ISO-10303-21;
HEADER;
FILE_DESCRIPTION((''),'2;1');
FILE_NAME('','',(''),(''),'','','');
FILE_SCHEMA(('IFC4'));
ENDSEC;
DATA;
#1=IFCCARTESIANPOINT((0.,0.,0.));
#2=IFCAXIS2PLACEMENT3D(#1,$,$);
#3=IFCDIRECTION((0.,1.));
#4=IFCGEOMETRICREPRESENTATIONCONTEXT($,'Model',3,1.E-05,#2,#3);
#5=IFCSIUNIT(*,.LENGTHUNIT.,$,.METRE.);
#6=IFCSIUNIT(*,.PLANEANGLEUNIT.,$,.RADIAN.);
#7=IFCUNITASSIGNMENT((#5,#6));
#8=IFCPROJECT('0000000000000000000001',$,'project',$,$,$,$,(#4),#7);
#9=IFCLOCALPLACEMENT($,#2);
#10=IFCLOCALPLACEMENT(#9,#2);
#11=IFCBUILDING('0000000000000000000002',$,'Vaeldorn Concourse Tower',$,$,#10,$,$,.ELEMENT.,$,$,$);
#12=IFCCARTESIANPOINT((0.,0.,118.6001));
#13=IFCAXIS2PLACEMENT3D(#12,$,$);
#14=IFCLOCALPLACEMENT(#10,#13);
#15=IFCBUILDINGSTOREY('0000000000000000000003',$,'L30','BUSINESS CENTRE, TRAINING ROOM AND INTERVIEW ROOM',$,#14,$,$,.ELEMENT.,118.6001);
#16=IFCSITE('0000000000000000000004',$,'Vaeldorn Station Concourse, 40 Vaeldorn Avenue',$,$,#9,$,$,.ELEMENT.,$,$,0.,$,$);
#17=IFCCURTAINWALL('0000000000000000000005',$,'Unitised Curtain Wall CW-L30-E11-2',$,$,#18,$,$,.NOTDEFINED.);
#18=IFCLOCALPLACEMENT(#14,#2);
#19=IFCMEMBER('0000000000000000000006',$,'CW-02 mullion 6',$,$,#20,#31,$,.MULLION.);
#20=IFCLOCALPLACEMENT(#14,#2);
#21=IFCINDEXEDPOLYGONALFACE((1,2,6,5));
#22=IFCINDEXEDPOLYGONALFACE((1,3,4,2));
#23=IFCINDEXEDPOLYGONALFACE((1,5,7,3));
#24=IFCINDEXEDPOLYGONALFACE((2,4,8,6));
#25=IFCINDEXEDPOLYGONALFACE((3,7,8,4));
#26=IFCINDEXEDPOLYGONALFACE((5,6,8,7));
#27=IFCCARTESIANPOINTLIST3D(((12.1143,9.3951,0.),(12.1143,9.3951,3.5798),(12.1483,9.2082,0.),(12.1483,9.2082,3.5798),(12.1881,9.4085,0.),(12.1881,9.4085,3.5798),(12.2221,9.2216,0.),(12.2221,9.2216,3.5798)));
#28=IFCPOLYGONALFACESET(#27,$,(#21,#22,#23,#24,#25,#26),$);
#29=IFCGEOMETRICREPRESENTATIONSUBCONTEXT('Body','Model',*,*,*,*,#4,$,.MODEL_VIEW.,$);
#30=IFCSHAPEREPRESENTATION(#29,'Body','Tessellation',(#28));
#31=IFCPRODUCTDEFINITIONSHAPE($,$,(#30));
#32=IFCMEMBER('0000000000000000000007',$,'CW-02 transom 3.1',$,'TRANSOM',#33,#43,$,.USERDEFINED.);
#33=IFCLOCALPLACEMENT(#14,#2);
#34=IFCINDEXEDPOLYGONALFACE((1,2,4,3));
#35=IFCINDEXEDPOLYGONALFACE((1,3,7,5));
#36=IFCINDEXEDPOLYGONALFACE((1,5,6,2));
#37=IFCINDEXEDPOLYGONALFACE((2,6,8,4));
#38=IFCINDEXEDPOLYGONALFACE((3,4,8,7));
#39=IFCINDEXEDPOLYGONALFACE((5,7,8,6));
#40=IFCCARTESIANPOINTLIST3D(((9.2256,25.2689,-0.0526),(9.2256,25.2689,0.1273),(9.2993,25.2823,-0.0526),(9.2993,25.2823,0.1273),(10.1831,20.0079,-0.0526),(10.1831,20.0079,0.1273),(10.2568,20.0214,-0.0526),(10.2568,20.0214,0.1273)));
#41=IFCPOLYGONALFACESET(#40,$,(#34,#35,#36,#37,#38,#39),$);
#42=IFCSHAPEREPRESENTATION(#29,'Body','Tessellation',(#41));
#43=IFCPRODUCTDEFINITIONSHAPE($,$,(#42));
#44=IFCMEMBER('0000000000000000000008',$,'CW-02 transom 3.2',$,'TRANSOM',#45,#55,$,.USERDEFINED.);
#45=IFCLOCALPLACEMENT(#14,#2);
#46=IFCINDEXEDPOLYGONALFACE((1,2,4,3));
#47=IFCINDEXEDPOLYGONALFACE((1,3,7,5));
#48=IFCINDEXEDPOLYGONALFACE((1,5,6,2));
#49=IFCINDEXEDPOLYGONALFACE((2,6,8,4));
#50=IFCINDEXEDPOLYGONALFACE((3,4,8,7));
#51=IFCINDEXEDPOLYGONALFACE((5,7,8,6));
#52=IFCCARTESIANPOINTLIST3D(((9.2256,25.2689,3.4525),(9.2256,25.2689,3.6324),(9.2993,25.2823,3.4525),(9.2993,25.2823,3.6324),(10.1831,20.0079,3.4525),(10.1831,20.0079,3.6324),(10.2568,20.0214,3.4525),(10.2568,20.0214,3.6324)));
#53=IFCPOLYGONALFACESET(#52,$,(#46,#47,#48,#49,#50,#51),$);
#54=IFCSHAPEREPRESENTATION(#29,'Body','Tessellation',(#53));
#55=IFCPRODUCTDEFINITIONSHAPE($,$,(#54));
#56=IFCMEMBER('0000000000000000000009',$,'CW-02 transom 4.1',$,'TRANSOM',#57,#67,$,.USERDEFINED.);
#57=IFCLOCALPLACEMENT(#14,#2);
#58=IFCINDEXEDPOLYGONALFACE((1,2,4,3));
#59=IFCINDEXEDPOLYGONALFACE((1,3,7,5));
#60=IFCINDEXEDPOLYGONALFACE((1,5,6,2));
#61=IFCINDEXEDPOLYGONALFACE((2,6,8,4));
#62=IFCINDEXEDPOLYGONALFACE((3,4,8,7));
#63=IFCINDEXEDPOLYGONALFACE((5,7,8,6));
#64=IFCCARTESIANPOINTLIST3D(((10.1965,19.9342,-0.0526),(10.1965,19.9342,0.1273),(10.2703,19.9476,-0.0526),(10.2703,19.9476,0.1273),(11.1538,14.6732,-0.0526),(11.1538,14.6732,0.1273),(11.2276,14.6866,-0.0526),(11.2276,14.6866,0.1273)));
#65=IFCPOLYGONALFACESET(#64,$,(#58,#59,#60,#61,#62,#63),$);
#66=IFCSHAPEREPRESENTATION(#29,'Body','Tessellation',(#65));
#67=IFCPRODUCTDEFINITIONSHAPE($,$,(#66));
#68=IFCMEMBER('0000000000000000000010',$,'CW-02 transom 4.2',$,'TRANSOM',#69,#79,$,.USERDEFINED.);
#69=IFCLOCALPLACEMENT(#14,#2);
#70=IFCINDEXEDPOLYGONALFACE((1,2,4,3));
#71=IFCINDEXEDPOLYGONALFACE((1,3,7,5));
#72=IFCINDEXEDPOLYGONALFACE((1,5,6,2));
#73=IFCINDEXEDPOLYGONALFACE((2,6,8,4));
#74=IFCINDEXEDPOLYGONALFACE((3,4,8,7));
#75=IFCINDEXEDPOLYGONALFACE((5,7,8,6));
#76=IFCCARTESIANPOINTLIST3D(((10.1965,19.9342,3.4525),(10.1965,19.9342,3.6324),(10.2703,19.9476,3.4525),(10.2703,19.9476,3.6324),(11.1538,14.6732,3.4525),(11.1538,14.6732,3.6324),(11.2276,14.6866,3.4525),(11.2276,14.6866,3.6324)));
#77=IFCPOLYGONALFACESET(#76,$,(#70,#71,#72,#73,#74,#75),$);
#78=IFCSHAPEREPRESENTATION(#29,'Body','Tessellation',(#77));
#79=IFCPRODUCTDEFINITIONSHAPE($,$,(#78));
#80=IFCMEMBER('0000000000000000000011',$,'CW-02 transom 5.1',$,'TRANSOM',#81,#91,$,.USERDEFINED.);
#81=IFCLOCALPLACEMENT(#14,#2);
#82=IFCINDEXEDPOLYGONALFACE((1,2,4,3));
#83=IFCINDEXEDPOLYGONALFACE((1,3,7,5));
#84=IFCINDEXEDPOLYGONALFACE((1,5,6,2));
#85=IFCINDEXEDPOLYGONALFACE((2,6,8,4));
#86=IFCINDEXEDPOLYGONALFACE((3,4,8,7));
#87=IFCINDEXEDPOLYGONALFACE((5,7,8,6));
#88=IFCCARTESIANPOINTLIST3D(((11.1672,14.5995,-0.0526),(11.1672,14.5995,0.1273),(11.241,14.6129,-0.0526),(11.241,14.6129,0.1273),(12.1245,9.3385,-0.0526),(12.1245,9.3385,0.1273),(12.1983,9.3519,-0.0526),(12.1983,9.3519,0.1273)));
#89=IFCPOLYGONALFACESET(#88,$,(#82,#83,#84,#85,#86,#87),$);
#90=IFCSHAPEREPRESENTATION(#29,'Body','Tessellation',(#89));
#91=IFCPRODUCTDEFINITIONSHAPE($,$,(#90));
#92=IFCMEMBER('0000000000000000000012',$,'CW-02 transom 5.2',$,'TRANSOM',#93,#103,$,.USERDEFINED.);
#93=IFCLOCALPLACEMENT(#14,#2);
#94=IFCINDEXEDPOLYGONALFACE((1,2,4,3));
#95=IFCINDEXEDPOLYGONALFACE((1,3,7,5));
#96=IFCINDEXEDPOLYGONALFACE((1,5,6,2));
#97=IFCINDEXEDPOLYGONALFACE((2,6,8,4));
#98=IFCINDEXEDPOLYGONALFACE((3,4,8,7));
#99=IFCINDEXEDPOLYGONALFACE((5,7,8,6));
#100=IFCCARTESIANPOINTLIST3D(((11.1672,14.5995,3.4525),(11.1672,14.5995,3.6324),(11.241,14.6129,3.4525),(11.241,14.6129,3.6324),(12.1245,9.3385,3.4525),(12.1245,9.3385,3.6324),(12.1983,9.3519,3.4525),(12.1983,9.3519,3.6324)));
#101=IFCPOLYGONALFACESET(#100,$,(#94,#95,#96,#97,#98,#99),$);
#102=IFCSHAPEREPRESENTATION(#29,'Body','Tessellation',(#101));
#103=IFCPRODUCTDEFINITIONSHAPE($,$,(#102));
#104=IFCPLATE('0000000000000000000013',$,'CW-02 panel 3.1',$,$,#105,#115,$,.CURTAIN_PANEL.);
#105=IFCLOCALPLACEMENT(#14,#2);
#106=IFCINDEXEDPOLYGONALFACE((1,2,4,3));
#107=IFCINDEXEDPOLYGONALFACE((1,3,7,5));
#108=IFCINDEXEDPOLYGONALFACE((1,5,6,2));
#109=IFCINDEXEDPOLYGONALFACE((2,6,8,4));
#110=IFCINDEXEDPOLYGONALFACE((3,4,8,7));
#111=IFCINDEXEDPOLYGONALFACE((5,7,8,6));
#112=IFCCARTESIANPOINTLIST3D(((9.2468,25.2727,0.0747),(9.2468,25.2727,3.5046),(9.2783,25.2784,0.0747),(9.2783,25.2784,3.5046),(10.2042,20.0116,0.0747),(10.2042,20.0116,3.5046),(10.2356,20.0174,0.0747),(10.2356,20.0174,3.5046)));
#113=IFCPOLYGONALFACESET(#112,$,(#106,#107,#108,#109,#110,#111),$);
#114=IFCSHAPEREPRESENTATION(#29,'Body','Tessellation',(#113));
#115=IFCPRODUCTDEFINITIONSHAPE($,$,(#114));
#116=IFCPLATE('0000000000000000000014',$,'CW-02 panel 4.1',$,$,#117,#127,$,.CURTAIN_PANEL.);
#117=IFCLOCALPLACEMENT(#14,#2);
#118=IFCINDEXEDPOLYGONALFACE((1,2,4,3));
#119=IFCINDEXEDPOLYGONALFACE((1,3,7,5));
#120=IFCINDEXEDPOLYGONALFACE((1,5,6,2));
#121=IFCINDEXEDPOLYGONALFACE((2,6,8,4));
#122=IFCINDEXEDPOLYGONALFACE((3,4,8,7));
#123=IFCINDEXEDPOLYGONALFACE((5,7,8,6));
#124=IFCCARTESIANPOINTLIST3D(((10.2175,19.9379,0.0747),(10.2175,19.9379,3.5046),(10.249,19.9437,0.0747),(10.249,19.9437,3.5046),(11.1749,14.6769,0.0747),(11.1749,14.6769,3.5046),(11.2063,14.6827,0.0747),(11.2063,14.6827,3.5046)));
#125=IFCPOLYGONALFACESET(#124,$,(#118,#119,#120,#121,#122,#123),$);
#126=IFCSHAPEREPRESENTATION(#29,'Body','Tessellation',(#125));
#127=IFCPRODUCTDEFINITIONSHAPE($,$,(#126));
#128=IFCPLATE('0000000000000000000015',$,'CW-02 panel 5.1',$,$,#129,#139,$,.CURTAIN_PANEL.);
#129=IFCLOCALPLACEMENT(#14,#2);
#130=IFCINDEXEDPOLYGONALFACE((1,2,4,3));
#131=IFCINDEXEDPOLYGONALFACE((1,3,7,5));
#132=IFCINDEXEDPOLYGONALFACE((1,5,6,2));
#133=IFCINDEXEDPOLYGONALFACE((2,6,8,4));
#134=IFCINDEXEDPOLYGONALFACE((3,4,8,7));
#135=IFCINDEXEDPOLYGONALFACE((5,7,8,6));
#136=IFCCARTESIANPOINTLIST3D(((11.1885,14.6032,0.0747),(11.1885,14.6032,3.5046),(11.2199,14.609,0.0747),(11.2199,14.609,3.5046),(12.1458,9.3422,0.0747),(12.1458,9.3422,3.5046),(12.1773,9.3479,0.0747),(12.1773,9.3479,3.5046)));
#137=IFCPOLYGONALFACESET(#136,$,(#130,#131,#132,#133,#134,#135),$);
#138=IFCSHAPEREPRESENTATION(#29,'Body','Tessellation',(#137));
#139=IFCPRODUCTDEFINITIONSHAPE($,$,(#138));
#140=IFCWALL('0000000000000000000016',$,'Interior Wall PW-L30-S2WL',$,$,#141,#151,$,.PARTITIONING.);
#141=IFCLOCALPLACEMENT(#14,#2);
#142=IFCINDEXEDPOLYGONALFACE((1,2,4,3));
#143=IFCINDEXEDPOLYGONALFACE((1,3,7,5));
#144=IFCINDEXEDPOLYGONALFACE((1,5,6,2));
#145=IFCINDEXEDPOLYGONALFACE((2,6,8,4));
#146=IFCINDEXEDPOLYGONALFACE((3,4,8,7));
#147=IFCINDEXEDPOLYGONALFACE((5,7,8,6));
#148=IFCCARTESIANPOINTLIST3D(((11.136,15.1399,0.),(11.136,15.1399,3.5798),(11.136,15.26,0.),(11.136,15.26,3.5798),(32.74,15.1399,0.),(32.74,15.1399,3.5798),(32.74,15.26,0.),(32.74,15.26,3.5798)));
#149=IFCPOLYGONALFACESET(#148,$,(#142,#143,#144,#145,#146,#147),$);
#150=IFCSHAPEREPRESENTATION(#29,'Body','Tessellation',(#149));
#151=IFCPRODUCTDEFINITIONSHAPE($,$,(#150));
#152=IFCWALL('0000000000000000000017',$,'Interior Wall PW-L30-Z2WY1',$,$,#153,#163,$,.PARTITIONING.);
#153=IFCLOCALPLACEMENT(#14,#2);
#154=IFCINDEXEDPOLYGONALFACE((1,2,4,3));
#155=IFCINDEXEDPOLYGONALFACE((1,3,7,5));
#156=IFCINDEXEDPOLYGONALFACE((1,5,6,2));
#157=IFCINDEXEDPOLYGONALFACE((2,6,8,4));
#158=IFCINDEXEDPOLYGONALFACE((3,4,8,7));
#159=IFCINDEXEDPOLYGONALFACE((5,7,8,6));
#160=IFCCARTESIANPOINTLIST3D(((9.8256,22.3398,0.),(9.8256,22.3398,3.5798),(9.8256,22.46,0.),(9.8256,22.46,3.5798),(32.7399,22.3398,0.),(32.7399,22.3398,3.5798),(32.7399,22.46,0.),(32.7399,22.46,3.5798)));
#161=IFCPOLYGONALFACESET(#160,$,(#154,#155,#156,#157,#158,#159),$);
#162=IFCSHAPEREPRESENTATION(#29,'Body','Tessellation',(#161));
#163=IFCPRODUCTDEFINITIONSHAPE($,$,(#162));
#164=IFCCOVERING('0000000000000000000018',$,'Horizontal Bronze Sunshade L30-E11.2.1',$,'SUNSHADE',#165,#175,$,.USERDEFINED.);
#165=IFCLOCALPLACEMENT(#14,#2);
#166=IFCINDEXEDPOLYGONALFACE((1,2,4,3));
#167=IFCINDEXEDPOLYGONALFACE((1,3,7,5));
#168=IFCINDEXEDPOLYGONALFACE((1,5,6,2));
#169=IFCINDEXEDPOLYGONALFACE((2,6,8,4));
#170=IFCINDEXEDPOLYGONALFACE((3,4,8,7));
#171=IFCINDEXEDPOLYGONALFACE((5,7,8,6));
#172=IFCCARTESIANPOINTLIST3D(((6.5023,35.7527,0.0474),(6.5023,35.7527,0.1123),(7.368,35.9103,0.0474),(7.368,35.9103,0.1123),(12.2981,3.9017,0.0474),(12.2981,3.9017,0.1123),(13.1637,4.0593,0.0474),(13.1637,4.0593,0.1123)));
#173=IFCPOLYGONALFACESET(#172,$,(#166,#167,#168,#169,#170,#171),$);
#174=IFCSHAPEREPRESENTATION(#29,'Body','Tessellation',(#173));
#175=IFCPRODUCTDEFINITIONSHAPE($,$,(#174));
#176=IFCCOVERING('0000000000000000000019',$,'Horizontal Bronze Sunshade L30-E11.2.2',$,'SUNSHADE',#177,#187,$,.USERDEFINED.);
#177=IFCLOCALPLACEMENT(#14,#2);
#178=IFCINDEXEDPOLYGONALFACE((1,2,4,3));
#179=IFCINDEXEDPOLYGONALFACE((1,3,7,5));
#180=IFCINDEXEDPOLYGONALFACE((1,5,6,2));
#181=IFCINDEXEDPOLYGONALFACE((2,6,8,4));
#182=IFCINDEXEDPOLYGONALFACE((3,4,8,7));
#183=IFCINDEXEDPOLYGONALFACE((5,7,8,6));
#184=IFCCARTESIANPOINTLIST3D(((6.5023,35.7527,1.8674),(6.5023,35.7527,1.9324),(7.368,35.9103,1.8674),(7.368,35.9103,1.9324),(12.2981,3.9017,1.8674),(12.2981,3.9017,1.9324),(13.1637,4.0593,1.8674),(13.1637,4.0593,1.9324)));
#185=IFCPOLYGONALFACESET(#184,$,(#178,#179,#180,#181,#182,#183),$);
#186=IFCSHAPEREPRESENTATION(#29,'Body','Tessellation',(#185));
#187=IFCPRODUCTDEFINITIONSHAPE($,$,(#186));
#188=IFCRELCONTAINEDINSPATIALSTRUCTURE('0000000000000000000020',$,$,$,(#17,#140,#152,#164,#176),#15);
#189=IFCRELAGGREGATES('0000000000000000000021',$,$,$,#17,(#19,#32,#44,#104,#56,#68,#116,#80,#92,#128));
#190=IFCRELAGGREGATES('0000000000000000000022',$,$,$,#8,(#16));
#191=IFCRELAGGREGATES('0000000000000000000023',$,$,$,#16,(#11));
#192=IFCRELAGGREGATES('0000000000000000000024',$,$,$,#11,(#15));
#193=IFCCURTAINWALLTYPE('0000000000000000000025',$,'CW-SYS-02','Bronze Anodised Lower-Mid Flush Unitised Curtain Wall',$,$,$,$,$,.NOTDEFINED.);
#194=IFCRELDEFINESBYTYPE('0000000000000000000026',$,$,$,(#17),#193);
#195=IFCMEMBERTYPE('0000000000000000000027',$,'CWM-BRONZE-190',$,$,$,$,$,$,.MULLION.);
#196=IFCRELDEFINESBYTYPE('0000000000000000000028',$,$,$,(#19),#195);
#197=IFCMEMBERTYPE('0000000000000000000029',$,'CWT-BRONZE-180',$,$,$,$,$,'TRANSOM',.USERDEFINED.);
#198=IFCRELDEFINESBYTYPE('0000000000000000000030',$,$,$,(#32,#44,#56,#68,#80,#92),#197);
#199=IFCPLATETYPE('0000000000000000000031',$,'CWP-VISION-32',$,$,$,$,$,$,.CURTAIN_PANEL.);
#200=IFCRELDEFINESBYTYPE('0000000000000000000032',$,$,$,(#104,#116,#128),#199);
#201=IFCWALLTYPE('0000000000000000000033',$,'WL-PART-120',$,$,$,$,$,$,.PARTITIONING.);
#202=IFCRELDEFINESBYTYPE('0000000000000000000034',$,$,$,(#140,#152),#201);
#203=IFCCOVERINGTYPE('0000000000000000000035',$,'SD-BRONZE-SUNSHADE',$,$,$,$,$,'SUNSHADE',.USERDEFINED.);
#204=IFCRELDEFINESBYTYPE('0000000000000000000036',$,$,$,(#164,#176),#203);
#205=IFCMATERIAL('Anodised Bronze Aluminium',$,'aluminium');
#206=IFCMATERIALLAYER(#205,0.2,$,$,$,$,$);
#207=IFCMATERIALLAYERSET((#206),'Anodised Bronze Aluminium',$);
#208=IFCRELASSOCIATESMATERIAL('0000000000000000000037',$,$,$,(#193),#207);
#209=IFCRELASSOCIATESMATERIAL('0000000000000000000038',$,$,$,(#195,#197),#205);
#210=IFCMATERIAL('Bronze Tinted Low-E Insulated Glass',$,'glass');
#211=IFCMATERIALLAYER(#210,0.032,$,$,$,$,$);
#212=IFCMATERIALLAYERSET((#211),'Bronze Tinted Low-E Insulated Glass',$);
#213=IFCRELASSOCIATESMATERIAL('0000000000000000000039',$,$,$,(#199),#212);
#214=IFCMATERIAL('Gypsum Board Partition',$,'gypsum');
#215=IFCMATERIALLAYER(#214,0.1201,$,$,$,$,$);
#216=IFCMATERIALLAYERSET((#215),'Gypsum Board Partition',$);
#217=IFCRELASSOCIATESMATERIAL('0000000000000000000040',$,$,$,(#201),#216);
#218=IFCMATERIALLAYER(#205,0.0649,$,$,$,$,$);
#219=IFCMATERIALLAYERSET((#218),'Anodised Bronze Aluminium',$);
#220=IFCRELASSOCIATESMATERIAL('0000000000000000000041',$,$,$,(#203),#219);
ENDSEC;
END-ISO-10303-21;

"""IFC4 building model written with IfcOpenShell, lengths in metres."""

from ifc_helpers import new_model, si_unit, direction, frame, frame_2d, origin, origin_2d, place, context, subcontext, project, spatial, rectangle, extrude, source, transform, mapped, material, layer, layer_set, material_profile, profile_set, type_object, element, aggregate, save


model = new_model("IFC4")

# Units and contexts
model_context = context("Model", 3, precision=1e-05, world=origin(), true_north=direction((0.0, 1.0)))
body_context = subcontext(model_context, "Body", "Model", "MODEL_VIEW")
ifc_project = project(units=[si_unit("LENGTHUNIT", "METRE"), si_unit("PLANEANGLEUNIT", "RADIAN")], contexts=[model_context])

# Site, building, storey
site_placement = place(None, origin())
site = spatial("IfcSite", under=ifc_project, at=site_placement, Name="Vaeldorn Station Concourse, 40 Vaeldorn Avenue", CompositionType="ELEMENT", RefElevation=0.0)
building_placement = place(site_placement, origin())
building = spatial("IfcBuilding", under=site, at=building_placement, Name="Vaeldorn Concourse Tower", CompositionType="ELEMENT")
storey_placement = place(building_placement, frame((0.0, 0.0, 118.6001)))
storey = spatial("IfcBuildingStorey", under=building, at=storey_placement, Name="L30", Description="BUSINESS CENTRE, TRAINING ROOM AND INTERVIEW ROOM", CompositionType="ELEMENT", Elevation=118.6001)

# Curtain wall, members, plates
ifc_material_1 = material(Name="Anodised Bronze Aluminium", Category="aluminium")
ifc_layer_1 = layer(ifc_material_1, 0.2)
ifc_layer_set_1 = layer_set([ifc_layer_1], Name="Anodised Bronze Aluminium")
curtain_wall_type = type_object("IfcCurtainWallType", Name="CW-SYS-02", Description="Bronze Anodised Lower-Mid Flush Unitised Curtain Wall", PredefinedType="NOTDEFINED", material=ifc_layer_set_1)
curtain_wall_placement = place(storey_placement, origin())
curtain_wall = element("IfcCurtainWall", 1, at=curtain_wall_placement, inside=storey, type_object=curtain_wall_type, Name="Unitised Curtain Wall CW-L30-E11-2", PredefinedType="NOTDEFINED")
ifc_material_profile_1 = material_profile(ifc_material_1, rectangle(XDim=0.075, YDim=0.1899, at=origin_2d()), Name="CWM 75x190")
ifc_profile_set_1 = profile_set([ifc_material_profile_1], Name="Anodised Bronze Aluminium")
member_type_1 = type_object("IfcMemberType", Name="CWM-BRONZE-190", PredefinedType="MULLION", material=ifc_profile_set_1)
shared_shape_1 = source(origin(), body_context, "Body", "SweptSolid", [
    extrude(rectangle(XDim=0.075, YDim=0.1899, at=origin_2d()), origin(), (0.0, 0.0, 1.0), 3.5798),
])
member_1_placement = place(storey_placement, frame((12.1682, 9.3083, 0.0), z_axis=(0.0, 0.0, 1.0), x_axis=(0.983844, 0.17903, 0.0)))
member_1 = element("IfcMember", 2, at=member_1_placement, type_object=member_type_1, Name="CW-02 mullion 6", PredefinedType="MULLION", context=body_context, shape_type="MappedRepresentation", body=[
    mapped(shared_shape_1, transform((0.0, 0.0, 0.0), scale=1.0)),
])
ifc_material_profile_2 = material_profile(ifc_material_1, rectangle(XDim=0.075, YDim=0.1799, at=origin_2d()), Name="CWT 75x180")
ifc_profile_set_2 = profile_set([ifc_material_profile_2], Name="Anodised Bronze Aluminium")
member_type_2 = type_object("IfcMemberType", Name="CWT-BRONZE-180", ElementType="TRANSOM", PredefinedType="USERDEFINED", material=ifc_profile_set_2)
shared_shape_2 = source(origin(), body_context, "Body", "SweptSolid", [
    extrude(rectangle(XDim=0.075, YDim=0.1799, at=origin_2d()), origin(), (0.0, 0.0, 1.0), 5.3474),
])
member_2_placement = place(storey_placement, frame((9.2625, 25.2756, 0.0374), z_axis=(0.179062, -0.983838, 0.0), x_axis=(0.983838, 0.179062, 0.0)))
member_2 = element("IfcMember", 3, at=member_2_placement, type_object=member_type_2, Name="CW-02 transom 3.1", ObjectType="TRANSOM", PredefinedType="USERDEFINED", context=body_context, shape_type="MappedRepresentation", body=[
    mapped(shared_shape_2, transform((0.0, 0.0, 0.0), scale=1.0)),
])
member_3_placement = place(storey_placement, frame((9.2625, 25.2756, 3.5425), z_axis=(0.179062, -0.983838, 0.0), x_axis=(0.983838, 0.179062, 0.0)))
member_3 = element("IfcMember", 4, at=member_3_placement, type_object=member_type_2, Name="CW-02 transom 3.2", ObjectType="TRANSOM", PredefinedType="USERDEFINED", context=body_context, shape_type="MappedRepresentation", body=[
    mapped(shared_shape_2, transform((0.0, 0.0, 0.0), scale=1.0)),
])
member_4_placement = place(storey_placement, frame((10.2334, 19.9409, 0.0374), z_axis=(0.179018, -0.983846, 0.0), x_axis=(0.983846, 0.179018, 0.0)))
member_4 = element("IfcMember", 5, at=member_4_placement, type_object=member_type_2, Name="CW-02 transom 4.1", ObjectType="TRANSOM", PredefinedType="USERDEFINED", context=body_context, shape_type="MappedRepresentation", body=[
    mapped(shared_shape_2, transform((0.0, 0.0, 0.0), scale=1.0)),
])
member_5_placement = place(storey_placement, frame((10.2334, 19.9409, 3.5425), z_axis=(0.179018, -0.983846, 0.0), x_axis=(0.983846, 0.179018, 0.0)))
member_5 = element("IfcMember", 6, at=member_5_placement, type_object=member_type_2, Name="CW-02 transom 4.2", ObjectType="TRANSOM", PredefinedType="USERDEFINED", context=body_context, shape_type="MappedRepresentation", body=[
    mapped(shared_shape_2, transform((0.0, 0.0, 0.0), scale=1.0)),
])
member_6_placement = place(storey_placement, frame((11.2041, 14.6062, 0.0374), z_axis=(0.179018, -0.983846, 0.0), x_axis=(0.983846, 0.179018, 0.0)))
member_6 = element("IfcMember", 7, at=member_6_placement, type_object=member_type_2, Name="CW-02 transom 5.1", ObjectType="TRANSOM", PredefinedType="USERDEFINED", context=body_context, shape_type="MappedRepresentation", body=[
    mapped(shared_shape_2, transform((0.0, 0.0, 0.0), scale=1.0)),
])
member_7_placement = place(storey_placement, frame((11.2041, 14.6062, 3.5425), z_axis=(0.179018, -0.983846, 0.0), x_axis=(0.983846, 0.179018, 0.0)))
member_7 = element("IfcMember", 8, at=member_7_placement, type_object=member_type_2, Name="CW-02 transom 5.2", ObjectType="TRANSOM", PredefinedType="USERDEFINED", context=body_context, shape_type="MappedRepresentation", body=[
    mapped(shared_shape_2, transform((0.0, 0.0, 0.0), scale=1.0)),
])
ifc_material_2 = material(Name="Bronze Tinted Low-E Insulated Glass", Category="glass")
ifc_layer_2 = layer(ifc_material_2, 0.032)
ifc_layer_set_2 = layer_set([ifc_layer_2], Name="Bronze Tinted Low-E Insulated Glass")
plate_type = type_object("IfcPlateType", Name="CWP-VISION-32", PredefinedType="CURTAIN_PANEL", material=ifc_layer_set_2)
shared_shape_3 = source(origin(), body_context, "Body", "SweptSolid", [
    extrude(rectangle(XDim=5.3474, YDim=0.032, at=origin_2d()), origin(), (0.0, 0.0, 1.0), 3.4299),
])
plate_1_placement = place(storey_placement, frame((9.7412, 22.645, 0.0747), z_axis=(0.0, 0.0, 1.0), x_axis=(0.17903, -0.983844, 0.0)))
plate_1 = element("IfcPlate", 9, at=plate_1_placement, type_object=plate_type, Name="CW-02 panel 3.1", PredefinedType="CURTAIN_PANEL", context=body_context, shape_type="MappedRepresentation", body=[
    mapped(shared_shape_3, transform((0.0, 0.0, 0.0), scale=1.0)),
])
plate_2_placement = place(storey_placement, frame((10.7119, 17.3103, 0.0747), z_axis=(0.0, 0.0, 1.0), x_axis=(0.17903, -0.983844, 0.0)))
plate_2 = element("IfcPlate", 10, at=plate_2_placement, type_object=plate_type, Name="CW-02 panel 4.1", PredefinedType="CURTAIN_PANEL", context=body_context, shape_type="MappedRepresentation", body=[
    mapped(shared_shape_3, transform((0.0, 0.0, 0.0), scale=1.0)),
])
plate_3_placement = place(storey_placement, frame((11.6829, 11.9756, 0.0747), z_axis=(0.0, 0.0, 1.0), x_axis=(0.17903, -0.983844, 0.0)))
plate_3 = element("IfcPlate", 11, at=plate_3_placement, type_object=plate_type, Name="CW-02 panel 5.1", PredefinedType="CURTAIN_PANEL", context=body_context, shape_type="MappedRepresentation", body=[
    mapped(shared_shape_3, transform((0.0, 0.0, 0.0), scale=1.0)),
])
aggregate(curtain_wall, [member_1, member_2, member_3, plate_1, member_4, member_5, plate_2, member_6, member_7, plate_3])

# Walls
ifc_material_3 = material(Name="Gypsum Board Partition", Category="gypsum")
ifc_layer_3 = layer(ifc_material_3, 0.1201)
ifc_layer_set_3 = layer_set([ifc_layer_3], Name="Gypsum Board Partition")
wall_type = type_object("IfcWallType", Name="WL-PART-120", PredefinedType="PARTITIONING", material=ifc_layer_set_3)
wall_1_placement = place(storey_placement, frame((11.136, 15.2, 0.0), z_axis=(0.0, 0.0, 1.0), x_axis=(1.0, 0.0, 0.0)))
element("IfcWall", 12, at=wall_1_placement, inside=storey, type_object=wall_type, Name="Interior Wall PW-L30-S2WL", PredefinedType="PARTITIONING", context=body_context, shape_type="SweptSolid", body=[
    extrude(rectangle(XDim=21.604, YDim=0.1201, at=frame_2d((10.802, 0.0))), origin(), (0.0, 0.0, 1.0), 3.5798),
])
wall_2_placement = place(storey_placement, frame((9.8257, 22.3999, 0.0), z_axis=(0.0, 0.0, 1.0), x_axis=(1.0, 0.0, 0.0)))
element("IfcWall", 13, at=wall_2_placement, inside=storey, type_object=wall_type, Name="Interior Wall PW-L30-Z2WY1", PredefinedType="PARTITIONING", context=body_context, shape_type="SweptSolid", body=[
    extrude(rectangle(XDim=22.9143, YDim=0.1201, at=frame_2d((11.457, 0.0))), origin(), (0.0, 0.0, 1.0), 3.5798),
])

# Coverings
ifc_layer_4 = layer(ifc_material_1, 0.0649)
ifc_layer_set_4 = layer_set([ifc_layer_4], Name="Anodised Bronze Aluminium")
covering_type = type_object("IfcCoveringType", Name="SD-BRONZE-SUNSHADE", ElementType="SUNSHADE", PredefinedType="USERDEFINED", material=ifc_layer_set_4)
shared_shape_4 = source(origin(), body_context, "Body", "SweptSolid", [
    extrude(rectangle(XDim=32.374, YDim=0.8799, at=origin_2d()), origin(), (0.0, 0.0, 1.0), 0.0649),
])
for number, where, z_axis, x_axis, name in (
    (14, (9.833, 19.906, 0.0474), (0.0, 0.0, 1.0), (0.179025, -0.983844, 0.0), "Horizontal Bronze Sunshade L30-E11.2.1"),
    (15, (9.833, 19.906, 1.8674), (0.0, 0.0, 1.0), (0.179025, -0.983844, 0.0), "Horizontal Bronze Sunshade L30-E11.2.2"),
):
    element("IfcCovering", number, at=place(storey_placement, frame(where, z_axis=z_axis, x_axis=x_axis)), inside=storey, type_object=covering_type, Name=name, ObjectType="SUNSHADE", PredefinedType="USERDEFINED", context=body_context, shape_type="MappedRepresentation", body=[
        mapped(shared_shape_4, transform((0.0, 0.0, 0.0), scale=1.0)),
    ])

save(model, "model.ifc")
